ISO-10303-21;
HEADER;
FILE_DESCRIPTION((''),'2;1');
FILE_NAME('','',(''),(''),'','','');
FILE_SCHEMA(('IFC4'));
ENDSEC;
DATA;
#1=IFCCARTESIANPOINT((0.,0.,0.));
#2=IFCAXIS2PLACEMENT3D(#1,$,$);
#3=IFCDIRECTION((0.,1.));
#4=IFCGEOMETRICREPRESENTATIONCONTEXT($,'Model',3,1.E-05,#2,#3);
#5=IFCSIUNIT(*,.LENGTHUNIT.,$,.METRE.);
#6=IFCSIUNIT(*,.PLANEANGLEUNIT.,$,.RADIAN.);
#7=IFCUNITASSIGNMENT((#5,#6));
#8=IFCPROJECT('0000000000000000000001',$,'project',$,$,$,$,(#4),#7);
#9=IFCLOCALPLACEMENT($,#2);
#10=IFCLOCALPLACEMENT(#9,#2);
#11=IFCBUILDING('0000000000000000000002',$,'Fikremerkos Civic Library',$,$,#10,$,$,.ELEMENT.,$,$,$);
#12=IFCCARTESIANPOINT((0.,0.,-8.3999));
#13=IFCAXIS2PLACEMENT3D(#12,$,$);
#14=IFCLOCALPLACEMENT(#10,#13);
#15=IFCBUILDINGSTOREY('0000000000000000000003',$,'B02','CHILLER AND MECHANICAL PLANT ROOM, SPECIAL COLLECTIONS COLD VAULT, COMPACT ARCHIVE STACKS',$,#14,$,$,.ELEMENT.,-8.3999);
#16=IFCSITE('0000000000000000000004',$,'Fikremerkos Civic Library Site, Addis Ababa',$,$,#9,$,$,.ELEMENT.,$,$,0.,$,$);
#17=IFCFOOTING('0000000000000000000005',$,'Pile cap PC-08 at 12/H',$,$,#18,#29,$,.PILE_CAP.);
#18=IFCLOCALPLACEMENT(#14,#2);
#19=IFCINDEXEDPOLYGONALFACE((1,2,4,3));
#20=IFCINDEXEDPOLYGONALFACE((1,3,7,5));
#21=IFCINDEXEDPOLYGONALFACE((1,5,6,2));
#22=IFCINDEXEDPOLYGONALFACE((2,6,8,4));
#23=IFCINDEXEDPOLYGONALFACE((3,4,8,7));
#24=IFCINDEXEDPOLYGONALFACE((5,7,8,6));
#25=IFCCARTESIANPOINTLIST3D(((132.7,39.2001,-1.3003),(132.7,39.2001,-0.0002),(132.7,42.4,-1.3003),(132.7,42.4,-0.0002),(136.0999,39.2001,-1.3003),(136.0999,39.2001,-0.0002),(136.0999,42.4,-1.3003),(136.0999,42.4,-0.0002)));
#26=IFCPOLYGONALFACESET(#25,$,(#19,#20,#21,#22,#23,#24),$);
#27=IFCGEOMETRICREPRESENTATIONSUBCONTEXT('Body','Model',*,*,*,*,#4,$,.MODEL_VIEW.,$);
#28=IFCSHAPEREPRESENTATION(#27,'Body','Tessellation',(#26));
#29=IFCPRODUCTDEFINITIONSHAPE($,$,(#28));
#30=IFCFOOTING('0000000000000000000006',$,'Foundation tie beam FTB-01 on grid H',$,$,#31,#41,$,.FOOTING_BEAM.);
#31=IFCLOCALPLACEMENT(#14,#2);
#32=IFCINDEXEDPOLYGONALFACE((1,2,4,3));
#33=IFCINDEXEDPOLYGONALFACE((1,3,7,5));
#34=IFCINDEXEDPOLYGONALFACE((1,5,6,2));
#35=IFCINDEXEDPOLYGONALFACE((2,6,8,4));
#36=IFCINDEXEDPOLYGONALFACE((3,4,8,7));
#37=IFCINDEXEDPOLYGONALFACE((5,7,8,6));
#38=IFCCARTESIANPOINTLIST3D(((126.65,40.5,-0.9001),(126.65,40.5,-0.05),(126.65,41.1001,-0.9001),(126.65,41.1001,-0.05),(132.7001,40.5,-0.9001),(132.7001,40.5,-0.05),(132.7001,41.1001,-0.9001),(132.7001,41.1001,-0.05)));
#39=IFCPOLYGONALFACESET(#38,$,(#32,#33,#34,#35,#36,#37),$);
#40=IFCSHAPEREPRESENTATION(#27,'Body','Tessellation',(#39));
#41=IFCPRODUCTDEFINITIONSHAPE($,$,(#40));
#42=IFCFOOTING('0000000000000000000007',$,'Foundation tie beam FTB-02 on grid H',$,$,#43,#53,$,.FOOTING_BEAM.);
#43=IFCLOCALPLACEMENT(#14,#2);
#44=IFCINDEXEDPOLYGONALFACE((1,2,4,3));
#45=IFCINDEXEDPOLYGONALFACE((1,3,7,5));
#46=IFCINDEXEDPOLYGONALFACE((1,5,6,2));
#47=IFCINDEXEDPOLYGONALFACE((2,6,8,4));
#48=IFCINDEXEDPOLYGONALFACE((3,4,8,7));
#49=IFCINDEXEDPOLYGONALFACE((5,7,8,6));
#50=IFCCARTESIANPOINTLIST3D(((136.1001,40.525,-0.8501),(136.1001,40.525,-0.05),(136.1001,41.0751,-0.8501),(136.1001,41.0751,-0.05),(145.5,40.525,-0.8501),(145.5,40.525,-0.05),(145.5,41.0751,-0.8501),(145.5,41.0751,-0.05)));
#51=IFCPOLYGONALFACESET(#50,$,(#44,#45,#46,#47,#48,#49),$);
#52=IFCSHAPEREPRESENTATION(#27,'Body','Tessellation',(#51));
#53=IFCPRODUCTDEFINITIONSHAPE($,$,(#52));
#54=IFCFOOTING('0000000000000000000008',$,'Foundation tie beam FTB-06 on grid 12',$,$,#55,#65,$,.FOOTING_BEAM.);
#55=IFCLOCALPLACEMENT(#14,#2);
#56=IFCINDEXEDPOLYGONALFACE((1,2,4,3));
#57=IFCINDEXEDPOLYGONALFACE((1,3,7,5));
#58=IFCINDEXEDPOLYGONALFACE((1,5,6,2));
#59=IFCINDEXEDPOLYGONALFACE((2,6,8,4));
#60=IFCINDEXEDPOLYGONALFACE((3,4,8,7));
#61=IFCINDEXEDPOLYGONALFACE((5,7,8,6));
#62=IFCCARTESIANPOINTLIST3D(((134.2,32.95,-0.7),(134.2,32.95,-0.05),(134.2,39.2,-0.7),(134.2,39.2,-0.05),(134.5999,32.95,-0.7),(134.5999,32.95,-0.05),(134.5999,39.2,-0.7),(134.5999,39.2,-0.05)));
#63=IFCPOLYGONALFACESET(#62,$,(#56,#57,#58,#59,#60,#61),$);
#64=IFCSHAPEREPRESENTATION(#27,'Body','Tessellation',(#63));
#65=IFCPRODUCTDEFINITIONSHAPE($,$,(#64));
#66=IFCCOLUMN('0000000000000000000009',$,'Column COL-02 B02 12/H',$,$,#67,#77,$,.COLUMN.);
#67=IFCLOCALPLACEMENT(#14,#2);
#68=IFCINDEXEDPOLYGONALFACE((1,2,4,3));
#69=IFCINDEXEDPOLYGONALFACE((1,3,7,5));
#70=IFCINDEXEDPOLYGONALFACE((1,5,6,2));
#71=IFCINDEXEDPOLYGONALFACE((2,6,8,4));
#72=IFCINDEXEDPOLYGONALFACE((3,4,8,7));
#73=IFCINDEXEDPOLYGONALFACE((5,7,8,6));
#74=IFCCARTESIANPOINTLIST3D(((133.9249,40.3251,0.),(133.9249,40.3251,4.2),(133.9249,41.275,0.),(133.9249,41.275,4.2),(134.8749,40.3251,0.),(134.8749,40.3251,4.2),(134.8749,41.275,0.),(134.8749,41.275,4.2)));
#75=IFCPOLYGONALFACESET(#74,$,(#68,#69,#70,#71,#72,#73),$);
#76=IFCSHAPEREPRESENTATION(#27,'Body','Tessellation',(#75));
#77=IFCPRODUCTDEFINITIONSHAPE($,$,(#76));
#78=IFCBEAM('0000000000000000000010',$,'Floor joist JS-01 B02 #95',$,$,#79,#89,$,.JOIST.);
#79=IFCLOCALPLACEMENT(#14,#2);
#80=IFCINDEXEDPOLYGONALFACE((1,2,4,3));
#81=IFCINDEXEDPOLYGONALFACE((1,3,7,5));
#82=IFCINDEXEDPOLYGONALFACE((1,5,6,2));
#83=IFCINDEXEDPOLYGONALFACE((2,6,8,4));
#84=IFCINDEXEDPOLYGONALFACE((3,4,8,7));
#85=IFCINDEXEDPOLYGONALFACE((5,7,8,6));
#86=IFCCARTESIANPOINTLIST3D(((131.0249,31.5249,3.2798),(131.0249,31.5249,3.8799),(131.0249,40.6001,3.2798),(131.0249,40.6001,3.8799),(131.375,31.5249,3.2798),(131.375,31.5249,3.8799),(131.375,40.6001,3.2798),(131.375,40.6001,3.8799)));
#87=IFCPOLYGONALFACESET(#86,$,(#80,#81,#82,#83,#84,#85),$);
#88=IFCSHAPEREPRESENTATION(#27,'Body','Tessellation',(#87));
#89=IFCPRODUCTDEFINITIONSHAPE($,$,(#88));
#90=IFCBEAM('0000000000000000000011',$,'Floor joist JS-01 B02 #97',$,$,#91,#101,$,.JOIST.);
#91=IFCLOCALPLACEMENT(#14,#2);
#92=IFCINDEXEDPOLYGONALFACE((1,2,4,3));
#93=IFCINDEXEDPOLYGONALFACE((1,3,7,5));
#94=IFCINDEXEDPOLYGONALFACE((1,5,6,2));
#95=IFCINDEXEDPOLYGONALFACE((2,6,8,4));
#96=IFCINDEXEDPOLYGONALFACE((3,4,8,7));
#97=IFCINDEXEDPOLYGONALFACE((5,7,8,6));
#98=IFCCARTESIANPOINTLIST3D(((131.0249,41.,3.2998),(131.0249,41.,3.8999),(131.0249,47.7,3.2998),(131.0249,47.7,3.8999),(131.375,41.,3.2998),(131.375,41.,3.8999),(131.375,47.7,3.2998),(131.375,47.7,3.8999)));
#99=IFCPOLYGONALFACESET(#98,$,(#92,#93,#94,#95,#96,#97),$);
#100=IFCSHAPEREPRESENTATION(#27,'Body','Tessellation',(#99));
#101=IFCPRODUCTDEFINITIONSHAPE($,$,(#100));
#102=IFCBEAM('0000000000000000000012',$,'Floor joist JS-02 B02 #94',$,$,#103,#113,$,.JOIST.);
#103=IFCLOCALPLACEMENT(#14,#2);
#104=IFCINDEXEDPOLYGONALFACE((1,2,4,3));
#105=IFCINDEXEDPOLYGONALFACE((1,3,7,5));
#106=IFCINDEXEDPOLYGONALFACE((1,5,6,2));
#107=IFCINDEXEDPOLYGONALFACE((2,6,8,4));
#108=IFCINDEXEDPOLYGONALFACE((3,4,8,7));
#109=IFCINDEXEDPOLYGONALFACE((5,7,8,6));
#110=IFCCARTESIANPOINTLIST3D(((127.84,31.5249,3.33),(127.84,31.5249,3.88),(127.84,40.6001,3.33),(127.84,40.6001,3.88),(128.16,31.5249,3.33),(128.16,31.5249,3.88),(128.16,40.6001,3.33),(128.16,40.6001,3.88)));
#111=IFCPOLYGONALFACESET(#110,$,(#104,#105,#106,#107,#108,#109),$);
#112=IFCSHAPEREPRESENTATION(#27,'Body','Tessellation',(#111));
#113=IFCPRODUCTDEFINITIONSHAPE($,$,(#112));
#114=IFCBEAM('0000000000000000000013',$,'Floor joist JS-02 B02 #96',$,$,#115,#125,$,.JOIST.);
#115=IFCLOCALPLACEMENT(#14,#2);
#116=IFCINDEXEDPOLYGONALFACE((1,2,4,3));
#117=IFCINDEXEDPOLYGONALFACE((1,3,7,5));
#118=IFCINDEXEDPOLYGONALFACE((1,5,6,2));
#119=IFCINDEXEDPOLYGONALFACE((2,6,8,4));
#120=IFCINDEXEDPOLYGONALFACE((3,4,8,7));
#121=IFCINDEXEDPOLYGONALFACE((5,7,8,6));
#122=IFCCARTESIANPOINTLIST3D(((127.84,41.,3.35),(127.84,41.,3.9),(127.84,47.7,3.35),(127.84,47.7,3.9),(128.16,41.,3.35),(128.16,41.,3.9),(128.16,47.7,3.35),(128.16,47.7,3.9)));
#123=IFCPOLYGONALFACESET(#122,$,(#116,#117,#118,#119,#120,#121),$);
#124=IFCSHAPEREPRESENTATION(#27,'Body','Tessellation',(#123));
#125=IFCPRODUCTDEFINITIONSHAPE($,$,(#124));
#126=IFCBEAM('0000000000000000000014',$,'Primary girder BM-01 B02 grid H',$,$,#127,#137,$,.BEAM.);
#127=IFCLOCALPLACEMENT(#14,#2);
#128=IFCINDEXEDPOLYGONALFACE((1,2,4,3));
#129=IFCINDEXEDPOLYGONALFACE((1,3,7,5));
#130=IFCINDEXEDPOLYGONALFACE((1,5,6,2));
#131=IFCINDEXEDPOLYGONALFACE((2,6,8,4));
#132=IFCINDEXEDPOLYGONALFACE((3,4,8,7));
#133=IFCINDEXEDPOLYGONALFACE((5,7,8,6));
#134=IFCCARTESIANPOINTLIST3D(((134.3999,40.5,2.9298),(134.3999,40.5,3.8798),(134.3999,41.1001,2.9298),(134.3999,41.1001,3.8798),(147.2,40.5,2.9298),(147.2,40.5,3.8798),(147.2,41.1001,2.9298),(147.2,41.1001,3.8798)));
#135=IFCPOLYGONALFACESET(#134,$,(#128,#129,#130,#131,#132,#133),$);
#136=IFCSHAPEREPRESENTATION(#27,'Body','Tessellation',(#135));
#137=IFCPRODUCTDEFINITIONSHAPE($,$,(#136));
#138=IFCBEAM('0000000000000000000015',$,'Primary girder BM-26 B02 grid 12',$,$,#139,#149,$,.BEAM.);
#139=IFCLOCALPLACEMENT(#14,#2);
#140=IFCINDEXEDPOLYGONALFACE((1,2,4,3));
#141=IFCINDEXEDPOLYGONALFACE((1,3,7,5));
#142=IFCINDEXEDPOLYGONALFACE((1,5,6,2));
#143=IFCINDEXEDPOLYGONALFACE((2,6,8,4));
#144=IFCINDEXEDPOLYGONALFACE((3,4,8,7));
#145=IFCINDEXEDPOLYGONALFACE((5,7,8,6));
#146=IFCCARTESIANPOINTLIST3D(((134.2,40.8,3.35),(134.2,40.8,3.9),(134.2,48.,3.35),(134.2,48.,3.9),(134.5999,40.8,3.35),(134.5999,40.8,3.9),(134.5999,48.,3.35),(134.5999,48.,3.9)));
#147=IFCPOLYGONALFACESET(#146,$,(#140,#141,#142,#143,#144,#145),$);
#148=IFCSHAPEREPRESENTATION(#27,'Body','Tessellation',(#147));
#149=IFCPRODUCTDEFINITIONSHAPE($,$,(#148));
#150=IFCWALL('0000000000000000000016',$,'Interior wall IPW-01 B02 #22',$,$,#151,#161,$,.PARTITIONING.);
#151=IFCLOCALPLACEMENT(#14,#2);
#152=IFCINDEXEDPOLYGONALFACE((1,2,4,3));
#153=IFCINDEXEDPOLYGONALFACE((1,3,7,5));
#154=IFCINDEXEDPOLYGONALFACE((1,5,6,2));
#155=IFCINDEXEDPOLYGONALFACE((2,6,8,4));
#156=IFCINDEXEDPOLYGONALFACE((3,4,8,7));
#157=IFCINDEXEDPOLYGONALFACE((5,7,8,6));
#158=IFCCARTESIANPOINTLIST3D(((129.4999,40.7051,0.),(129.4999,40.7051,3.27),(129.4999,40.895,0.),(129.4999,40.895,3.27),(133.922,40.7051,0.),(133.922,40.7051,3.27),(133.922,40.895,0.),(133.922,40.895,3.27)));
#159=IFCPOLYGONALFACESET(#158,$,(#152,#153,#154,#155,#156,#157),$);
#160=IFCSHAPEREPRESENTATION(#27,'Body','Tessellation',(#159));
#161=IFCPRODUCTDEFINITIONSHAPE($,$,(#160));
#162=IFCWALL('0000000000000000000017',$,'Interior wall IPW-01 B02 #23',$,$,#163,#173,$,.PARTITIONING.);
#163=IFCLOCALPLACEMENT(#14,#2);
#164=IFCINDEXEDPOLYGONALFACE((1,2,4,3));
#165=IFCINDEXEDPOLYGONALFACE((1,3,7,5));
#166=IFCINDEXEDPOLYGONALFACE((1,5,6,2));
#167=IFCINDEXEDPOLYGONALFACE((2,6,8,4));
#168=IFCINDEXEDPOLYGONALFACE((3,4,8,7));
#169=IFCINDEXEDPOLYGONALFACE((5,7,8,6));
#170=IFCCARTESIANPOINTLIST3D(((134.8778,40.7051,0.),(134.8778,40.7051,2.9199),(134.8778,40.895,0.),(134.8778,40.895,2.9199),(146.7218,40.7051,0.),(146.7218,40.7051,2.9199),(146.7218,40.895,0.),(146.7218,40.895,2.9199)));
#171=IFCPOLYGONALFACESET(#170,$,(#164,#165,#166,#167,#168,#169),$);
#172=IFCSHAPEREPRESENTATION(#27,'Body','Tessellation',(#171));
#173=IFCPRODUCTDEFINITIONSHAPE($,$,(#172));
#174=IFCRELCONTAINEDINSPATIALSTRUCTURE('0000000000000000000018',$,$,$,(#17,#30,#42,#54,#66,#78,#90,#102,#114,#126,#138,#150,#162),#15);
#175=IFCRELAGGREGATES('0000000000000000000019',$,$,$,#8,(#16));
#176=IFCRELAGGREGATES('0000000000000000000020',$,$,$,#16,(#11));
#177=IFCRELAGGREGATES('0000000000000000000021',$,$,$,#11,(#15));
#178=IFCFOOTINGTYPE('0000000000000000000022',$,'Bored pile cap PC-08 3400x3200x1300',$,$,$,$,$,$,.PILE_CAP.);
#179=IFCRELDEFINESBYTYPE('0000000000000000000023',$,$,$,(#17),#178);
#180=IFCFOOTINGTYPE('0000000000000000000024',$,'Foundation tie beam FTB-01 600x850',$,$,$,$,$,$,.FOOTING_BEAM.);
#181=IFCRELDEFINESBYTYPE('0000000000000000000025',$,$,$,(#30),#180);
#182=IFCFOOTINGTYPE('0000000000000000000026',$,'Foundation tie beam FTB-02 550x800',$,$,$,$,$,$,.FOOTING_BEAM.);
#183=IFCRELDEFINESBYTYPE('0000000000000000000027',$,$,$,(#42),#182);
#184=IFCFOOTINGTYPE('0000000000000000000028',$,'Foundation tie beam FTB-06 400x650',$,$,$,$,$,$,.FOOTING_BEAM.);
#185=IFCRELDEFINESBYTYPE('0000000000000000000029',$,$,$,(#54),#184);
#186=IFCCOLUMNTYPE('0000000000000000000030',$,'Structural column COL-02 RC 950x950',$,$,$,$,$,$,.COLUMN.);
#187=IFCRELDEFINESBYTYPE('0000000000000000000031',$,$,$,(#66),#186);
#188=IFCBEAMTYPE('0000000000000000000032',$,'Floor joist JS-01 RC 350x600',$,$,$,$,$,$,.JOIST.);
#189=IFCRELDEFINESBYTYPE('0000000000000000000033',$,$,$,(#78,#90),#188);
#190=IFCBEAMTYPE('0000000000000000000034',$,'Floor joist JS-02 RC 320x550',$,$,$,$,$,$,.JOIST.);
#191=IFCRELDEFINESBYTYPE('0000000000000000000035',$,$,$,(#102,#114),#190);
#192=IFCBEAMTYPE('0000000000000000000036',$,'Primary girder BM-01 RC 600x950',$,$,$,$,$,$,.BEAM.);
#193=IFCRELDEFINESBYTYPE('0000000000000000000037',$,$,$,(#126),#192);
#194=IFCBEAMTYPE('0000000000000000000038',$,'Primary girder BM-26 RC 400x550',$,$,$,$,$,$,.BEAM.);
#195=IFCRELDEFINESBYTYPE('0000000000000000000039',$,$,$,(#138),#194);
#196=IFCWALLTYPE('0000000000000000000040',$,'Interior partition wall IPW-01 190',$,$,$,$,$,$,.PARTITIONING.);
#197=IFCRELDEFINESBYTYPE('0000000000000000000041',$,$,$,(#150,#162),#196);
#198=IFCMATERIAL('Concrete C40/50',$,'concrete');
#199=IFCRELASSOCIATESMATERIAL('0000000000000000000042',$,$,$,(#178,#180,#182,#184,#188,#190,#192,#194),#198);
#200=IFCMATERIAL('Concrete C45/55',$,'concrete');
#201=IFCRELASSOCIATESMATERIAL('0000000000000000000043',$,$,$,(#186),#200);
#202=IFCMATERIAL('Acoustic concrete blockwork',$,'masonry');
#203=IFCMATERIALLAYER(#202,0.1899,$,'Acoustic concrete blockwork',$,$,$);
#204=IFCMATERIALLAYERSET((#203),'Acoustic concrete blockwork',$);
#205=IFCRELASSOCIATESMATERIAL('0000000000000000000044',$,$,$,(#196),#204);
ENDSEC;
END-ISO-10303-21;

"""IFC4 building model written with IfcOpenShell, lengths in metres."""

from ifc_helpers import new_model, si_unit, direction, frame, frame_2d, origin, origin_2d, place, context, subcontext, project, spatial, rectangle, extrude, material, layer, layer_set, material_profile, profile_set, type_object, element, save


model = new_model("IFC4")

# Units and contexts
model_context = context("Model", 3, precision=1e-05, world=origin(), true_north=direction((0.0, 1.0)))
body_context = subcontext(model_context, "Body", "Model", "MODEL_VIEW")
ifc_project = project(units=[si_unit("LENGTHUNIT", "METRE"), si_unit("PLANEANGLEUNIT", "RADIAN")], contexts=[model_context])

# Site, building, storey
site_placement = place(None, origin())
site = spatial("IfcSite", under=ifc_project, at=site_placement, Name="Fikremerkos Civic Library Site, Addis Ababa", CompositionType="ELEMENT", RefElevation=0.0)
building_placement = place(site_placement, origin())
building = spatial("IfcBuilding", under=site, at=building_placement, Name="Fikremerkos Civic Library", CompositionType="ELEMENT")
storey_placement = place(building_placement, frame((0.0, 0.0, -8.3999)))
storey = spatial("IfcBuildingStorey", under=building, at=storey_placement, Name="B02", Description="CHILLER AND MECHANICAL PLANT ROOM, SPECIAL COLLECTIONS COLD VAULT, COMPACT ARCHIVE STACKS", CompositionType="ELEMENT", Elevation=-8.3999)

# Footings
ifc_material_1 = material(Name="Concrete C40/50", Category="concrete")
footing_type_1 = type_object("IfcFootingType", Name="Bored pile cap PC-08 3400x3200x1300", PredefinedType="PILE_CAP", material=ifc_material_1)
footing_1_placement = place(storey_placement, frame((134.3999, 40.8, -1.3003), z_axis=(0.0, 0.0, 1.0), x_axis=(1.0, 0.0, 0.0)))
element("IfcFooting", 1, at=footing_1_placement, inside=storey, type_object=footing_type_1, Name="Pile cap PC-08 at 12/H", PredefinedType="PILE_CAP", context=body_context, shape_type="SweptSolid", body=[
    extrude(rectangle(XDim=3.3999, YDim=3.2, at=origin_2d()), origin(), (0.0, 0.0, 1.0), 1.3),
])
footing_type_2 = type_object("IfcFootingType", Name="Foundation tie beam FTB-01 600x850", PredefinedType="FOOTING_BEAM", material=ifc_material_1)
footing_2_placement = place(storey_placement, frame((129.675, 40.8, -0.9001), z_axis=(0.0, 0.0, 1.0), x_axis=(1.0, 0.0, 0.0)))
element("IfcFooting", 2, at=footing_2_placement, inside=storey, type_object=footing_type_2, Name="Foundation tie beam FTB-01 on grid H", PredefinedType="FOOTING_BEAM", context=body_context, shape_type="SweptSolid", body=[
    extrude(rectangle(XDim=6.05, YDim=0.6001, at=origin_2d()), origin(), (0.0, 0.0, 1.0), 0.8501),
])
footing_type_3 = type_object("IfcFootingType", Name="Foundation tie beam FTB-02 550x800", PredefinedType="FOOTING_BEAM", material=ifc_material_1)
footing_3_placement = place(storey_placement, frame((140.8, 40.8, -0.8501), z_axis=(0.0, 0.0, 1.0), x_axis=(1.0, 0.0, 0.0)))
element("IfcFooting", 3, at=footing_3_placement, inside=storey, type_object=footing_type_3, Name="Foundation tie beam FTB-02 on grid H", PredefinedType="FOOTING_BEAM", context=body_context, shape_type="SweptSolid", body=[
    extrude(rectangle(XDim=9.3999, YDim=0.55, at=origin_2d()), origin(), (0.0, 0.0, 1.0), 0.8),
])
footing_type_4 = type_object("IfcFootingType", Name="Foundation tie beam FTB-06 400x650", PredefinedType="FOOTING_BEAM", material=ifc_material_1)
footing_4_placement = place(storey_placement, frame((134.3999, 36.075, -0.7), z_axis=(0.0, 0.0, 1.0), x_axis=(0.0, 1.0, 0.0)))
element("IfcFooting", 4, at=footing_4_placement, inside=storey, type_object=footing_type_4, Name="Foundation tie beam FTB-06 on grid 12", PredefinedType="FOOTING_BEAM", context=body_context, shape_type="SweptSolid", body=[
    extrude(rectangle(XDim=6.25, YDim=0.3999, at=origin_2d()), origin(), (0.0, 0.0, 1.0), 0.6499),
])

# Column
ifc_material_2 = material(Name="Concrete C45/55", Category="concrete")
ifc_material_profile_1 = material_profile(ifc_material_2, rectangle(XDim=0.95, YDim=0.95, at=origin_2d()), Name="RC 950x950")
ifc_profile_set_1 = profile_set([ifc_material_profile_1], Name="Concrete C45/55")
column_type = type_object("IfcColumnType", Name="Structural column COL-02 RC 950x950", PredefinedType="COLUMN", material=ifc_profile_set_1)
column_placement = place(storey_placement, frame((134.3999, 40.8, 0.0), z_axis=(0.0, 0.0, 1.0), x_axis=(1.0, 0.0, 0.0)))
element("IfcColumn", 5, at=column_placement, inside=storey, type_object=column_type, Name="Column COL-02 B02 12/H", PredefinedType="COLUMN", context=body_context, shape_type="SweptSolid", body=[
    extrude(rectangle(XDim=0.95, YDim=0.95, at=origin_2d()), origin(), (0.0, 0.0, 1.0), 4.2),
])

# Beams
ifc_material_profile_2 = material_profile(ifc_material_1, rectangle(XDim=0.3501, YDim=0.6001, at=origin_2d()), Name="RC 350x600")
ifc_profile_set_2 = profile_set([ifc_material_profile_2], Name="Concrete C40/50")
beam_type_1 = type_object("IfcBeamType", Name="Floor joist JS-01 RC 350x600", PredefinedType="JOIST", material=ifc_profile_set_2)
beam_1_placement = place(storey_placement, frame((131.2, 31.5249, 3.5798), z_axis=(0.0, 1.0, 0.0), x_axis=(-1.0, 0.0, 0.0)))
element("IfcBeam", 6, at=beam_1_placement, inside=storey, type_object=beam_type_1, Name="Floor joist JS-01 B02 #95", PredefinedType="JOIST", context=body_context, shape_type="SweptSolid", body=[
    extrude(rectangle(XDim=0.3501, YDim=0.6001, at=origin_2d()), origin(), (0.0, 0.0, 1.0), 9.0752),
])
beam_2_placement = place(storey_placement, frame((131.2, 41.0, 3.5999), z_axis=(0.0, 1.0, 0.0), x_axis=(-1.0, 0.0, 0.0)))
element("IfcBeam", 7, at=beam_2_placement, inside=storey, type_object=beam_type_1, Name="Floor joist JS-01 B02 #97", PredefinedType="JOIST", context=body_context, shape_type="SweptSolid", body=[
    extrude(rectangle(XDim=0.3501, YDim=0.6001, at=origin_2d()), origin(), (0.0, 0.0, 1.0), 6.7),
])
ifc_material_profile_3 = material_profile(ifc_material_1, rectangle(XDim=0.3201, YDim=0.55, at=origin_2d()), Name="RC 320x550")
ifc_profile_set_3 = profile_set([ifc_material_profile_3], Name="Concrete C40/50")
beam_type_2 = type_object("IfcBeamType", Name="Floor joist JS-02 RC 320x550", PredefinedType="JOIST", material=ifc_profile_set_3)
beam_3_placement = place(storey_placement, frame((128.0, 31.5249, 3.605), z_axis=(0.0, 1.0, 0.0), x_axis=(-1.0, 0.0, 0.0)))
element("IfcBeam", 8, at=beam_3_placement, inside=storey, type_object=beam_type_2, Name="Floor joist JS-02 B02 #94", PredefinedType="JOIST", context=body_context, shape_type="SweptSolid", body=[
    extrude(rectangle(XDim=0.3201, YDim=0.55, at=origin_2d()), origin(), (0.0, 0.0, 1.0), 9.0752),
])
beam_4_placement = place(storey_placement, frame((128.0, 41.0, 3.625), z_axis=(0.0, 1.0, 0.0), x_axis=(-1.0, 0.0, 0.0)))
element("IfcBeam", 9, at=beam_4_placement, inside=storey, type_object=beam_type_2, Name="Floor joist JS-02 B02 #96", PredefinedType="JOIST", context=body_context, shape_type="SweptSolid", body=[
    extrude(rectangle(XDim=0.3201, YDim=0.55, at=origin_2d()), origin(), (0.0, 0.0, 1.0), 6.7),
])
ifc_material_profile_4 = material_profile(ifc_material_1, rectangle(XDim=0.6001, YDim=0.95, at=origin_2d()), Name="RC 600x950")
ifc_profile_set_4 = profile_set([ifc_material_profile_4], Name="Concrete C40/50")
beam_type_3 = type_object("IfcBeamType", Name="Primary girder BM-01 RC 600x950", PredefinedType="BEAM", material=ifc_profile_set_4)
beam_5_placement = place(storey_placement, frame((134.3999, 40.8, 3.4048), z_axis=(1.0, 0.0, 0.0), x_axis=(0.0, 1.0, 0.0)))
element("IfcBeam", 10, at=beam_5_placement, inside=storey, type_object=beam_type_3, Name="Primary girder BM-01 B02 grid H", PredefinedType="BEAM", context=body_context, shape_type="SweptSolid", body=[
    extrude(rectangle(XDim=0.6001, YDim=0.95, at=origin_2d()), origin(), (0.0, 0.0, 1.0), 12.8),
])
ifc_material_profile_5 = material_profile(ifc_material_1, rectangle(XDim=0.3999, YDim=0.55, at=origin_2d()), Name="RC 400x550")
ifc_profile_set_5 = profile_set([ifc_material_profile_5], Name="Concrete C40/50")
beam_type_4 = type_object("IfcBeamType", Name="Primary girder BM-26 RC 400x550", PredefinedType="BEAM", material=ifc_profile_set_5)
beam_6_placement = place(storey_placement, frame((134.3999, 40.8, 3.625), z_axis=(0.0, 1.0, 0.0), x_axis=(-1.0, 0.0, 0.0)))
element("IfcBeam", 11, at=beam_6_placement, inside=storey, type_object=beam_type_4, Name="Primary girder BM-26 B02 grid 12", PredefinedType="BEAM", context=body_context, shape_type="SweptSolid", body=[
    extrude(rectangle(XDim=0.3999, YDim=0.55, at=origin_2d()), origin(), (0.0, 0.0, 1.0), 7.2),
])

# Walls
ifc_material_3 = material(Name="Acoustic concrete blockwork", Category="masonry")
ifc_layer = layer(ifc_material_3, 0.1899, Name="Acoustic concrete blockwork")
ifc_layer_set = layer_set([ifc_layer], Name="Acoustic concrete blockwork")
wall_type = type_object("IfcWallType", Name="Interior partition wall IPW-01 190", PredefinedType="PARTITIONING", material=ifc_layer_set)
wall_1_placement = place(storey_placement, frame((129.5, 40.8, 0.0), z_axis=(0.0, 0.0, 1.0), x_axis=(1.0, 0.0, 0.0)))
element("IfcWall", 12, at=wall_1_placement, inside=storey, type_object=wall_type, Name="Interior wall IPW-01 B02 #22", PredefinedType="PARTITIONING", context=body_context, shape_type="SweptSolid", body=[
    extrude(rectangle(XDim=4.4221, YDim=0.1899, at=frame_2d((2.2109, 0.0))), origin(), (0.0, 0.0, 1.0), 3.27),
])
wall_2_placement = place(storey_placement, frame((134.8779, 40.8, 0.0), z_axis=(0.0, 0.0, 1.0), x_axis=(1.0, 0.0, 0.0)))
element("IfcWall", 13, at=wall_2_placement, inside=storey, type_object=wall_type, Name="Interior wall IPW-01 B02 #23", PredefinedType="PARTITIONING", context=body_context, shape_type="SweptSolid", body=[
    extrude(rectangle(XDim=11.844, YDim=0.1899, at=frame_2d((5.9219, 0.0))), origin(), (0.0, 0.0, 1.0), 2.9199),
])

save(model, "model.ifc")
